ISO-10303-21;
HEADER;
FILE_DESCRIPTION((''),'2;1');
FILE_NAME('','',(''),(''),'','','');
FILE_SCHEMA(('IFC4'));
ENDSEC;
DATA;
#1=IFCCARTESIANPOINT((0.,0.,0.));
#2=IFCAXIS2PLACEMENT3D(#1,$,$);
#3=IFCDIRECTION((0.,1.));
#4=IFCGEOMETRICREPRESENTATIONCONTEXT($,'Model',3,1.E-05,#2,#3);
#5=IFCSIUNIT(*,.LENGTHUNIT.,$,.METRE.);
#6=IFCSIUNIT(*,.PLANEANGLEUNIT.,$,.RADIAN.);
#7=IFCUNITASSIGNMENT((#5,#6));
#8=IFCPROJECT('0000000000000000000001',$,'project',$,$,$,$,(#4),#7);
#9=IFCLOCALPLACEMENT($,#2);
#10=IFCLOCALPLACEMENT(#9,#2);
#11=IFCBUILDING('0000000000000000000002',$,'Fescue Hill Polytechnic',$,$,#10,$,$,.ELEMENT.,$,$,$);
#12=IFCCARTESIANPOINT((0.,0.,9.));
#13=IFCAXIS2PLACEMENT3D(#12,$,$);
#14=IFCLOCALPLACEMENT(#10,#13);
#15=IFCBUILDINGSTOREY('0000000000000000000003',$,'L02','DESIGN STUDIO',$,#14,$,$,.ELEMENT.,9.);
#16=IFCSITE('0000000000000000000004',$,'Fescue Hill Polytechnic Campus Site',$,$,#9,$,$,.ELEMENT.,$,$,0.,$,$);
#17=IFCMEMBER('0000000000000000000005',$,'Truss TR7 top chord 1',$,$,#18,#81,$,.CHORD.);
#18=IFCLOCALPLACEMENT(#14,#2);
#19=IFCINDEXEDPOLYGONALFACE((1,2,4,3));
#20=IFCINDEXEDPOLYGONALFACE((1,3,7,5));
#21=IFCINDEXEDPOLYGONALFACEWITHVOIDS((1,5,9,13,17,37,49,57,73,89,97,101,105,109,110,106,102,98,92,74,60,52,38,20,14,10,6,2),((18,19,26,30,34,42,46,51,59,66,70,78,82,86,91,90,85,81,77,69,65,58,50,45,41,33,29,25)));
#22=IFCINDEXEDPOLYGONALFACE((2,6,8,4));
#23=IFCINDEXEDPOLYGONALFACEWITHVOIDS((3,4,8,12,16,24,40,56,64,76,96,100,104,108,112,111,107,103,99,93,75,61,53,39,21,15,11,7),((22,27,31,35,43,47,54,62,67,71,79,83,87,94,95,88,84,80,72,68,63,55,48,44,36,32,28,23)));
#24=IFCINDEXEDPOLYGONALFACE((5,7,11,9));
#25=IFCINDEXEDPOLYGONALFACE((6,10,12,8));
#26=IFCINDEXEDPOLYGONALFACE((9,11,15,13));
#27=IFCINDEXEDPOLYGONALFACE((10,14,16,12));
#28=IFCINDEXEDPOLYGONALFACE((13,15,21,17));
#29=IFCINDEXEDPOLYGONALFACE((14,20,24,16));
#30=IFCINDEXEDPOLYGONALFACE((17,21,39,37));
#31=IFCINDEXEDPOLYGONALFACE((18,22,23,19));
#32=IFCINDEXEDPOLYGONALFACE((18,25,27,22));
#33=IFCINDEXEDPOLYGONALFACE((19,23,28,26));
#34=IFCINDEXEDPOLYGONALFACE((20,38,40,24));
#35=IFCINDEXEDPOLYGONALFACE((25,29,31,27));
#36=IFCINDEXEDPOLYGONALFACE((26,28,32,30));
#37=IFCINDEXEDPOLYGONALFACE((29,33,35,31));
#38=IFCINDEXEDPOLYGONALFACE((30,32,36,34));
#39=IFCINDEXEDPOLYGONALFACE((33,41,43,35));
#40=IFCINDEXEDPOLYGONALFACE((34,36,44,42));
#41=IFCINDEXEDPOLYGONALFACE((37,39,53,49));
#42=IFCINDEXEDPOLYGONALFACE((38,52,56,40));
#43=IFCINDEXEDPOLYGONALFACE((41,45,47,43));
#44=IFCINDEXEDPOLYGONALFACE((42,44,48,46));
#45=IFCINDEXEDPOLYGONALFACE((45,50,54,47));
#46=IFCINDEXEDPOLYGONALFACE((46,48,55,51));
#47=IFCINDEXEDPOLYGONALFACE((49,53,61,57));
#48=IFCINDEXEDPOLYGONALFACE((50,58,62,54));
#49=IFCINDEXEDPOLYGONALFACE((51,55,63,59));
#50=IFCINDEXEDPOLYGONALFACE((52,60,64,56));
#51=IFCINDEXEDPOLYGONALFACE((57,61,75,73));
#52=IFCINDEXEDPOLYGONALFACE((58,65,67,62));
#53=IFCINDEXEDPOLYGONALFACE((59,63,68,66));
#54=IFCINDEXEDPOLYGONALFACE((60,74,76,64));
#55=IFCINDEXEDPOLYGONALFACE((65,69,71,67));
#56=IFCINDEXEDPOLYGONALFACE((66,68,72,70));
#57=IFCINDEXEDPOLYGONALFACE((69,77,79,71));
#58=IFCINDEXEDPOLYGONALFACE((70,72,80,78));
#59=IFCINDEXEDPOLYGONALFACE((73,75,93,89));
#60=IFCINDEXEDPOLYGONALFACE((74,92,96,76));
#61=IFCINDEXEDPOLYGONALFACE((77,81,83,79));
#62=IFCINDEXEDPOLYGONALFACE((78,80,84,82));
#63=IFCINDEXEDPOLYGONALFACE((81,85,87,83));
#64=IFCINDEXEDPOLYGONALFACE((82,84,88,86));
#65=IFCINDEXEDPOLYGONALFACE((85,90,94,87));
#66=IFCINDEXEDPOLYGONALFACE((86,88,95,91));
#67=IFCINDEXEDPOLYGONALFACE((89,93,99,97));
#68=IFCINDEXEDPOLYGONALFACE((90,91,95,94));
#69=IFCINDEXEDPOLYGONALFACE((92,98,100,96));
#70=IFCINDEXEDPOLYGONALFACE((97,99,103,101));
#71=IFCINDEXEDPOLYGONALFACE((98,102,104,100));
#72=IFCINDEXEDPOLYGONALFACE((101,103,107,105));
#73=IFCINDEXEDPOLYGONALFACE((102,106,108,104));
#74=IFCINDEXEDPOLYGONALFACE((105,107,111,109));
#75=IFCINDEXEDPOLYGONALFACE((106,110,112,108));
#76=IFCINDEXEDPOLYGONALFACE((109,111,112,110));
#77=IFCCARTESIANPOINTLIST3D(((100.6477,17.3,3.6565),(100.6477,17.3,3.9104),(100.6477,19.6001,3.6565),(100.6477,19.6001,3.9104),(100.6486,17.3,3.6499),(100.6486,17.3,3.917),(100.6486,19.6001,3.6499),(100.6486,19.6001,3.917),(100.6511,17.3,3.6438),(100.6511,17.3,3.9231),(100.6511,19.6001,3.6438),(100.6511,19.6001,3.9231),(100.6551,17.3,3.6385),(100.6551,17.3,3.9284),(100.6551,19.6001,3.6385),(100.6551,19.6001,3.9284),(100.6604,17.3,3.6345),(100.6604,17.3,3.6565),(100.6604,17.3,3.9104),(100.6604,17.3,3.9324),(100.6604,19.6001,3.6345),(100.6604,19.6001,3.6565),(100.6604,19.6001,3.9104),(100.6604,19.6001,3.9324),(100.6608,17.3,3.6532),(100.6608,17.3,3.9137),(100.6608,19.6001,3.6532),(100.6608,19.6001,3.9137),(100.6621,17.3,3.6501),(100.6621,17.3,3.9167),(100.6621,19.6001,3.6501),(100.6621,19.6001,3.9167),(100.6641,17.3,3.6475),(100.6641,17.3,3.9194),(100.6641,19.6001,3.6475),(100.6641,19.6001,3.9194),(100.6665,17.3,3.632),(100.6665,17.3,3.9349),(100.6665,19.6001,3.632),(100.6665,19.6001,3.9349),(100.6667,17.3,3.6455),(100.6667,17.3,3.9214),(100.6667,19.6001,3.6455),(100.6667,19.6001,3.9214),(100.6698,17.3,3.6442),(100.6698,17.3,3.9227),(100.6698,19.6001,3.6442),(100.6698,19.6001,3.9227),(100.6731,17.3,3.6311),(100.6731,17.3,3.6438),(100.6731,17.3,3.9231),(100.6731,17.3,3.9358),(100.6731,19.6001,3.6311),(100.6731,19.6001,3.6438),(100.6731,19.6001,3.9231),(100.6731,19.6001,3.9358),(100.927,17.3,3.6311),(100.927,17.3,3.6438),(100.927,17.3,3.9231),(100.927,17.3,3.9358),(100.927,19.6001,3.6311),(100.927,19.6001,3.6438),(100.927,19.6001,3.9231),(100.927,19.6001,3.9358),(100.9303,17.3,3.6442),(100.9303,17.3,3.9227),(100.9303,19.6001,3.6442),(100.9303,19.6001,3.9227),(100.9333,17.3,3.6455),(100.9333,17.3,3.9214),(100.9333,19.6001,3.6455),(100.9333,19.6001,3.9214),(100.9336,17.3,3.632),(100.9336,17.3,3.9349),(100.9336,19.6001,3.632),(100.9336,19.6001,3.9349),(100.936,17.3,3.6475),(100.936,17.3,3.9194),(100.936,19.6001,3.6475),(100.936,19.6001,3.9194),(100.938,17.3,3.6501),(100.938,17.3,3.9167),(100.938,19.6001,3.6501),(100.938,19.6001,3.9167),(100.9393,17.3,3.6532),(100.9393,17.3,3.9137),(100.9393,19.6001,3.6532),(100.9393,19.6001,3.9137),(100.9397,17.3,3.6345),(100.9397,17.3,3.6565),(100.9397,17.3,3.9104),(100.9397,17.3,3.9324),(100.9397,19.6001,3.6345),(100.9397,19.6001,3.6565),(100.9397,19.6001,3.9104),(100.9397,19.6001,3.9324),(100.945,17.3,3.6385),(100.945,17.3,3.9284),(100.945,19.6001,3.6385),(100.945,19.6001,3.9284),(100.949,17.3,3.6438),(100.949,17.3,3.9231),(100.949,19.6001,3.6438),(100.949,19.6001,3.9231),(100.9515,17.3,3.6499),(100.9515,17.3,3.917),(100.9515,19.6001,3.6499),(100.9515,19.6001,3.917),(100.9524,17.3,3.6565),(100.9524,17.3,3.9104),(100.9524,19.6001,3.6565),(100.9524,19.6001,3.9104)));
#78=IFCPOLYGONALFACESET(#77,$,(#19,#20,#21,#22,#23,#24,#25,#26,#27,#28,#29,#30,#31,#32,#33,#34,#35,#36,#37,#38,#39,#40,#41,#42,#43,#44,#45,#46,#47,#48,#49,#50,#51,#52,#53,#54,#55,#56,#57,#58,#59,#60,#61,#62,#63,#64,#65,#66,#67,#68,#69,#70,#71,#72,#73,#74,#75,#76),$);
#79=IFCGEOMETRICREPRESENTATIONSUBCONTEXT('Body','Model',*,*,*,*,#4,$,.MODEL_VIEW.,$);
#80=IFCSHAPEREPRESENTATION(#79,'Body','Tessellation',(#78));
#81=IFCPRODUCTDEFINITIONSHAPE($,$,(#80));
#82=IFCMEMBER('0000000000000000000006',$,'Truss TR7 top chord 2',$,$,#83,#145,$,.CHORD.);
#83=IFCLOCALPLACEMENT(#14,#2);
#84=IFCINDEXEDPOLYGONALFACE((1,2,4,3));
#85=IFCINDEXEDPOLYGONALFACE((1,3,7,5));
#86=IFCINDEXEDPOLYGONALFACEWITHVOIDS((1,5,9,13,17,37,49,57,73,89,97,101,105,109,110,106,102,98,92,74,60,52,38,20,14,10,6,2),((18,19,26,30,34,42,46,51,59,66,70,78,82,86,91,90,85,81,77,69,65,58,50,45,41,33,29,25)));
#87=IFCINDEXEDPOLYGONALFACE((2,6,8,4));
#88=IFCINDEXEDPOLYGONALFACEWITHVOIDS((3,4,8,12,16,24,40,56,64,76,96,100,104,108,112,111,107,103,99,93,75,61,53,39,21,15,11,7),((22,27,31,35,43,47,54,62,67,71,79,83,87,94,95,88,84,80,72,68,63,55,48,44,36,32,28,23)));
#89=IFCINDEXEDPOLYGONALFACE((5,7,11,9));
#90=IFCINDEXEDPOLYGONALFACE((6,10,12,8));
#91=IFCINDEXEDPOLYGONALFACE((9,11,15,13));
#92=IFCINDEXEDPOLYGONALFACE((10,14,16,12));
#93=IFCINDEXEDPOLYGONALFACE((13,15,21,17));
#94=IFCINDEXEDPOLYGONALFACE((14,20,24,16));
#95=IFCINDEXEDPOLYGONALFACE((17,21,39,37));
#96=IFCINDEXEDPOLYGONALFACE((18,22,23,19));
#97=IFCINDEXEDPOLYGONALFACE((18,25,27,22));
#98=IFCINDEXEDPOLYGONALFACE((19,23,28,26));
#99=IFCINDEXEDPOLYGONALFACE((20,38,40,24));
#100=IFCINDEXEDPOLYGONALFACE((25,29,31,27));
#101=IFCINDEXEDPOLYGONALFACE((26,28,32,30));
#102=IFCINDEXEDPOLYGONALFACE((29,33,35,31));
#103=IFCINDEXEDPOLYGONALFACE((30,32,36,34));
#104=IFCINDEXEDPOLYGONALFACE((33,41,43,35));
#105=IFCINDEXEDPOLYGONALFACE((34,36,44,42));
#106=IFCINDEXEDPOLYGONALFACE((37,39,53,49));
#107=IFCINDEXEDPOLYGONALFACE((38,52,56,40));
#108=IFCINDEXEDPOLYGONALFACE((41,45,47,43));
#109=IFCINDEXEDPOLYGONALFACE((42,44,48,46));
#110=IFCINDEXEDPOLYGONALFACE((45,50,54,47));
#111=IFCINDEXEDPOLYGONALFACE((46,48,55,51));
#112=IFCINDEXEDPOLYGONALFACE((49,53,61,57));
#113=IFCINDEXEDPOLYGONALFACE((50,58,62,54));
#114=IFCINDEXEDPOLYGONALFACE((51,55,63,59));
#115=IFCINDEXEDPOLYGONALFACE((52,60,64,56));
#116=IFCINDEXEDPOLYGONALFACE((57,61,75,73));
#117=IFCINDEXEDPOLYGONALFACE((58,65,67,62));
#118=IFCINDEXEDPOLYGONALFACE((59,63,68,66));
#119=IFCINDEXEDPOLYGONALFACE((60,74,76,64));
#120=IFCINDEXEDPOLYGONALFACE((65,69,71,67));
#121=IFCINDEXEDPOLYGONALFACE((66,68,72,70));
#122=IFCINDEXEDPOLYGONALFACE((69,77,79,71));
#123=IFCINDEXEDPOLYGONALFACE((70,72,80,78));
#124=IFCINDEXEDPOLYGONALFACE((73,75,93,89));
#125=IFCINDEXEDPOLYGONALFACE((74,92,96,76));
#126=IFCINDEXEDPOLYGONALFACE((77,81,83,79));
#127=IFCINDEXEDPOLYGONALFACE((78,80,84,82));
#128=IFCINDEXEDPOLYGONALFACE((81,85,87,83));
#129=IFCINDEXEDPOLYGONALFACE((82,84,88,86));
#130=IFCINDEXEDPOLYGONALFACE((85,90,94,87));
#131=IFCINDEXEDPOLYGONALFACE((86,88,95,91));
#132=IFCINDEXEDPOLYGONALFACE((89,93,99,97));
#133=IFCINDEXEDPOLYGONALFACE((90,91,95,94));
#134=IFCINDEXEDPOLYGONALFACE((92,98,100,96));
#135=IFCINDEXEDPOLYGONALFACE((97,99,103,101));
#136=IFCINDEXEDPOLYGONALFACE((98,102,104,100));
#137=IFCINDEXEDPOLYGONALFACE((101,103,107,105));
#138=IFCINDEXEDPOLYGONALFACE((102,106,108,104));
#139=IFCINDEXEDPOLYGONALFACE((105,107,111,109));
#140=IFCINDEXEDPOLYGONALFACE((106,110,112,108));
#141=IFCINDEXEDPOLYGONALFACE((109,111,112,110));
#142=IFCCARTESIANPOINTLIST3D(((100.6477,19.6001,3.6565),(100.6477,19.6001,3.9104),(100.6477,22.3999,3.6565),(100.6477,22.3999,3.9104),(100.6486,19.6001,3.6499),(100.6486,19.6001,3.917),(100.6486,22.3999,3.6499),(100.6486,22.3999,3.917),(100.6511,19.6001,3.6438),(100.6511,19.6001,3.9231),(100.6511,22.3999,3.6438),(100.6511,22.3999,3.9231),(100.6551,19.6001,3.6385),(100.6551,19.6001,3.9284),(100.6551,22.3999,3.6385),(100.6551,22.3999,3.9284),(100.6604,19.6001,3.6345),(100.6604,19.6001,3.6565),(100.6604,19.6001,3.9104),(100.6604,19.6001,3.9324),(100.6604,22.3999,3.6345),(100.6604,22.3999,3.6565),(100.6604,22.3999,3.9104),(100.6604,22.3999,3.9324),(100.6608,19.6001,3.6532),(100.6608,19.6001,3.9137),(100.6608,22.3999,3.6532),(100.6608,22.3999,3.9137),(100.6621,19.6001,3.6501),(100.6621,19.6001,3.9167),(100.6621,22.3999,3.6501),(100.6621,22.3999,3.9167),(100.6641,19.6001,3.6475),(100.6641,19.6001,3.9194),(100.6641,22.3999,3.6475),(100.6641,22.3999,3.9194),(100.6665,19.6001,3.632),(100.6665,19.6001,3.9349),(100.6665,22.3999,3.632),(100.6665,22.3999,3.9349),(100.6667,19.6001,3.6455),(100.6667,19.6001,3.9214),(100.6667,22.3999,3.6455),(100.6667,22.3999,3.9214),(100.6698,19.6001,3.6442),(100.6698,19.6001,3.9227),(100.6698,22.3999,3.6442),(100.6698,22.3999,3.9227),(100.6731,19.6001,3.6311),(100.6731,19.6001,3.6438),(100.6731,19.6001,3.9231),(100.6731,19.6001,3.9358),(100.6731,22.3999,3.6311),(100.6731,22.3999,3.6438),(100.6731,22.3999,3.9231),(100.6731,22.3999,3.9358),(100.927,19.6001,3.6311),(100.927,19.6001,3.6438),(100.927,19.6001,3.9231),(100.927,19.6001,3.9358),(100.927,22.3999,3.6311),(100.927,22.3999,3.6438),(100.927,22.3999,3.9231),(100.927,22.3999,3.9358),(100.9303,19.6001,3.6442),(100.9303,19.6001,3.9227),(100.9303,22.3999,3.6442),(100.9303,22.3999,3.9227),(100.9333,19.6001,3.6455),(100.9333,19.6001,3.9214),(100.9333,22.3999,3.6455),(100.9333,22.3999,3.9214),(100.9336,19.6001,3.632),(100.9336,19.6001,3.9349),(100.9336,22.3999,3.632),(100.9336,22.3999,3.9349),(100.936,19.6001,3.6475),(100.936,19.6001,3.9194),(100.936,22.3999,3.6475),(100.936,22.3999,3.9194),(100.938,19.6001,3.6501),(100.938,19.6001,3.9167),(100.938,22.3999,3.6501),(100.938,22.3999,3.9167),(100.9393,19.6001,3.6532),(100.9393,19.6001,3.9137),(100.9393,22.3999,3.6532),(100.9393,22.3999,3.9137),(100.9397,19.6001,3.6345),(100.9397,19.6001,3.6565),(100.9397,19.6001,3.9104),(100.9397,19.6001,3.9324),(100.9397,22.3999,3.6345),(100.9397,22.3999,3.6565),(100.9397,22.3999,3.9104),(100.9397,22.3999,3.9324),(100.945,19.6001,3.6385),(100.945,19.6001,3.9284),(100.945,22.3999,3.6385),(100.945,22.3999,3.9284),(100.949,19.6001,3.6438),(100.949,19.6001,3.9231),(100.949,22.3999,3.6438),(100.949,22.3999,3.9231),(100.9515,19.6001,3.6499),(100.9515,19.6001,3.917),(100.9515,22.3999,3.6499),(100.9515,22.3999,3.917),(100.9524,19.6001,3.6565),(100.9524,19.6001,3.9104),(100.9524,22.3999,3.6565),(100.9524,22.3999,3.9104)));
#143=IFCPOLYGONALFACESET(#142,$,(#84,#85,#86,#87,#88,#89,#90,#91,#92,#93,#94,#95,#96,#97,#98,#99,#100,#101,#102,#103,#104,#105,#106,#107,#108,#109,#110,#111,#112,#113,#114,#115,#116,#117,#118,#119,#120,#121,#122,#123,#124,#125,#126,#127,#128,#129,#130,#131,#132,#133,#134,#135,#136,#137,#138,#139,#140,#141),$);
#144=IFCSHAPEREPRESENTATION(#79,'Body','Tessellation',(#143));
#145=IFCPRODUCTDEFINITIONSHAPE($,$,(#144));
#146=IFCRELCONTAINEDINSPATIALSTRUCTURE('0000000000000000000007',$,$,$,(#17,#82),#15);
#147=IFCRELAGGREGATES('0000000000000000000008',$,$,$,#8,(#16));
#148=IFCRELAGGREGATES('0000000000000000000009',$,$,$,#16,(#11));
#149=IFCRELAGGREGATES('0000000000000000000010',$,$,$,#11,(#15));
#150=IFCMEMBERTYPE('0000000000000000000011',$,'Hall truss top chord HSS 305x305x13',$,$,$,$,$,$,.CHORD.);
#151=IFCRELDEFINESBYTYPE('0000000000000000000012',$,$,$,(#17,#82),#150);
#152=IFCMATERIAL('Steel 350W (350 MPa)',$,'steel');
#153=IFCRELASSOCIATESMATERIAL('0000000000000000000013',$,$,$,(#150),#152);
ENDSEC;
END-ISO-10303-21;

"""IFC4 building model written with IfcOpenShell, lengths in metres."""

from ifc_helpers import new_model, si_unit, direction, frame, origin, origin_2d, place, context, subcontext, project, spatial, hollow_rectangle, extrude, material, material_profile, profile_set, type_object, element, save


model = new_model("IFC4")

# Units and contexts
model_context = context("Model", 3, precision=1e-05, world=origin(), true_north=direction((0.0, 1.0)))
body_context = subcontext(model_context, "Body", "Model", "MODEL_VIEW")
ifc_project = project(units=[si_unit("LENGTHUNIT", "METRE"), si_unit("PLANEANGLEUNIT", "RADIAN")], contexts=[model_context])

# Site, building, storey
site_placement = place(None, origin())
site = spatial("IfcSite", under=ifc_project, at=site_placement, Name="Fescue Hill Polytechnic Campus Site", CompositionType="ELEMENT", RefElevation=0.0)
building_placement = place(site_placement, origin())
building = spatial("IfcBuilding", under=site, at=building_placement, Name="Fescue Hill Polytechnic", CompositionType="ELEMENT")
storey_placement = place(building_placement, frame((0.0, 0.0, 9.0)))
storey = spatial("IfcBuildingStorey", under=building, at=storey_placement, Name="L02", Description="DESIGN STUDIO", CompositionType="ELEMENT", Elevation=9.0)

# Members
ifc_material_1 = material(Name="Steel 350W (350 MPa)", Category="steel")
ifc_material_profile_1 = material_profile(ifc_material_1, hollow_rectangle(XDim=0.3047, YDim=0.3047, WallThickness=0.0127, InnerFilletRadius=0.0127, OuterFilletRadius=0.0254, at=origin_2d()), Name="Hall truss top chord HSS 305x305x13")
ifc_profile_set_1 = profile_set([ifc_material_profile_1], Name="Steel 350W (350 MPa)")
member_type_1 = type_object("IfcMemberType", Name="Hall truss top chord HSS 305x305x13", PredefinedType="CHORD", material=ifc_profile_set_1)
member_1_placement = place(storey_placement, frame((100.8, 17.3, 3.7834), z_axis=(0.0, 1.0, 0.0), x_axis=(-1.0, 0.0, 0.0)))
element("IfcMember", 1, at=member_1_placement, inside=storey, type_object=member_type_1, Name="Truss TR7 top chord 1", PredefinedType="CHORD", context=body_context, shape_type="SweptSolid", body=[
    extrude(hollow_rectangle(XDim=0.3047, YDim=0.3047, WallThickness=0.0127, InnerFilletRadius=0.0127, OuterFilletRadius=0.0254, at=origin_2d()), origin(), (0.0, 0.0, 1.0), 2.3),
])
member_2_placement = place(storey_placement, frame((100.8, 19.6001, 3.7834), z_axis=(0.0, 1.0, 0.0), x_axis=(-1.0, 0.0, 0.0)))
element("IfcMember", 2, at=member_2_placement, inside=storey, type_object=member_type_1, Name="Truss TR7 top chord 2", PredefinedType="CHORD", context=body_context, shape_type="SweptSolid", body=[
    extrude(hollow_rectangle(XDim=0.3047, YDim=0.3047, WallThickness=0.0127, InnerFilletRadius=0.0127, OuterFilletRadius=0.0254, at=origin_2d()), origin(), (0.0, 0.0, 1.0), 2.7998),
])

save(model, "model.ifc")
